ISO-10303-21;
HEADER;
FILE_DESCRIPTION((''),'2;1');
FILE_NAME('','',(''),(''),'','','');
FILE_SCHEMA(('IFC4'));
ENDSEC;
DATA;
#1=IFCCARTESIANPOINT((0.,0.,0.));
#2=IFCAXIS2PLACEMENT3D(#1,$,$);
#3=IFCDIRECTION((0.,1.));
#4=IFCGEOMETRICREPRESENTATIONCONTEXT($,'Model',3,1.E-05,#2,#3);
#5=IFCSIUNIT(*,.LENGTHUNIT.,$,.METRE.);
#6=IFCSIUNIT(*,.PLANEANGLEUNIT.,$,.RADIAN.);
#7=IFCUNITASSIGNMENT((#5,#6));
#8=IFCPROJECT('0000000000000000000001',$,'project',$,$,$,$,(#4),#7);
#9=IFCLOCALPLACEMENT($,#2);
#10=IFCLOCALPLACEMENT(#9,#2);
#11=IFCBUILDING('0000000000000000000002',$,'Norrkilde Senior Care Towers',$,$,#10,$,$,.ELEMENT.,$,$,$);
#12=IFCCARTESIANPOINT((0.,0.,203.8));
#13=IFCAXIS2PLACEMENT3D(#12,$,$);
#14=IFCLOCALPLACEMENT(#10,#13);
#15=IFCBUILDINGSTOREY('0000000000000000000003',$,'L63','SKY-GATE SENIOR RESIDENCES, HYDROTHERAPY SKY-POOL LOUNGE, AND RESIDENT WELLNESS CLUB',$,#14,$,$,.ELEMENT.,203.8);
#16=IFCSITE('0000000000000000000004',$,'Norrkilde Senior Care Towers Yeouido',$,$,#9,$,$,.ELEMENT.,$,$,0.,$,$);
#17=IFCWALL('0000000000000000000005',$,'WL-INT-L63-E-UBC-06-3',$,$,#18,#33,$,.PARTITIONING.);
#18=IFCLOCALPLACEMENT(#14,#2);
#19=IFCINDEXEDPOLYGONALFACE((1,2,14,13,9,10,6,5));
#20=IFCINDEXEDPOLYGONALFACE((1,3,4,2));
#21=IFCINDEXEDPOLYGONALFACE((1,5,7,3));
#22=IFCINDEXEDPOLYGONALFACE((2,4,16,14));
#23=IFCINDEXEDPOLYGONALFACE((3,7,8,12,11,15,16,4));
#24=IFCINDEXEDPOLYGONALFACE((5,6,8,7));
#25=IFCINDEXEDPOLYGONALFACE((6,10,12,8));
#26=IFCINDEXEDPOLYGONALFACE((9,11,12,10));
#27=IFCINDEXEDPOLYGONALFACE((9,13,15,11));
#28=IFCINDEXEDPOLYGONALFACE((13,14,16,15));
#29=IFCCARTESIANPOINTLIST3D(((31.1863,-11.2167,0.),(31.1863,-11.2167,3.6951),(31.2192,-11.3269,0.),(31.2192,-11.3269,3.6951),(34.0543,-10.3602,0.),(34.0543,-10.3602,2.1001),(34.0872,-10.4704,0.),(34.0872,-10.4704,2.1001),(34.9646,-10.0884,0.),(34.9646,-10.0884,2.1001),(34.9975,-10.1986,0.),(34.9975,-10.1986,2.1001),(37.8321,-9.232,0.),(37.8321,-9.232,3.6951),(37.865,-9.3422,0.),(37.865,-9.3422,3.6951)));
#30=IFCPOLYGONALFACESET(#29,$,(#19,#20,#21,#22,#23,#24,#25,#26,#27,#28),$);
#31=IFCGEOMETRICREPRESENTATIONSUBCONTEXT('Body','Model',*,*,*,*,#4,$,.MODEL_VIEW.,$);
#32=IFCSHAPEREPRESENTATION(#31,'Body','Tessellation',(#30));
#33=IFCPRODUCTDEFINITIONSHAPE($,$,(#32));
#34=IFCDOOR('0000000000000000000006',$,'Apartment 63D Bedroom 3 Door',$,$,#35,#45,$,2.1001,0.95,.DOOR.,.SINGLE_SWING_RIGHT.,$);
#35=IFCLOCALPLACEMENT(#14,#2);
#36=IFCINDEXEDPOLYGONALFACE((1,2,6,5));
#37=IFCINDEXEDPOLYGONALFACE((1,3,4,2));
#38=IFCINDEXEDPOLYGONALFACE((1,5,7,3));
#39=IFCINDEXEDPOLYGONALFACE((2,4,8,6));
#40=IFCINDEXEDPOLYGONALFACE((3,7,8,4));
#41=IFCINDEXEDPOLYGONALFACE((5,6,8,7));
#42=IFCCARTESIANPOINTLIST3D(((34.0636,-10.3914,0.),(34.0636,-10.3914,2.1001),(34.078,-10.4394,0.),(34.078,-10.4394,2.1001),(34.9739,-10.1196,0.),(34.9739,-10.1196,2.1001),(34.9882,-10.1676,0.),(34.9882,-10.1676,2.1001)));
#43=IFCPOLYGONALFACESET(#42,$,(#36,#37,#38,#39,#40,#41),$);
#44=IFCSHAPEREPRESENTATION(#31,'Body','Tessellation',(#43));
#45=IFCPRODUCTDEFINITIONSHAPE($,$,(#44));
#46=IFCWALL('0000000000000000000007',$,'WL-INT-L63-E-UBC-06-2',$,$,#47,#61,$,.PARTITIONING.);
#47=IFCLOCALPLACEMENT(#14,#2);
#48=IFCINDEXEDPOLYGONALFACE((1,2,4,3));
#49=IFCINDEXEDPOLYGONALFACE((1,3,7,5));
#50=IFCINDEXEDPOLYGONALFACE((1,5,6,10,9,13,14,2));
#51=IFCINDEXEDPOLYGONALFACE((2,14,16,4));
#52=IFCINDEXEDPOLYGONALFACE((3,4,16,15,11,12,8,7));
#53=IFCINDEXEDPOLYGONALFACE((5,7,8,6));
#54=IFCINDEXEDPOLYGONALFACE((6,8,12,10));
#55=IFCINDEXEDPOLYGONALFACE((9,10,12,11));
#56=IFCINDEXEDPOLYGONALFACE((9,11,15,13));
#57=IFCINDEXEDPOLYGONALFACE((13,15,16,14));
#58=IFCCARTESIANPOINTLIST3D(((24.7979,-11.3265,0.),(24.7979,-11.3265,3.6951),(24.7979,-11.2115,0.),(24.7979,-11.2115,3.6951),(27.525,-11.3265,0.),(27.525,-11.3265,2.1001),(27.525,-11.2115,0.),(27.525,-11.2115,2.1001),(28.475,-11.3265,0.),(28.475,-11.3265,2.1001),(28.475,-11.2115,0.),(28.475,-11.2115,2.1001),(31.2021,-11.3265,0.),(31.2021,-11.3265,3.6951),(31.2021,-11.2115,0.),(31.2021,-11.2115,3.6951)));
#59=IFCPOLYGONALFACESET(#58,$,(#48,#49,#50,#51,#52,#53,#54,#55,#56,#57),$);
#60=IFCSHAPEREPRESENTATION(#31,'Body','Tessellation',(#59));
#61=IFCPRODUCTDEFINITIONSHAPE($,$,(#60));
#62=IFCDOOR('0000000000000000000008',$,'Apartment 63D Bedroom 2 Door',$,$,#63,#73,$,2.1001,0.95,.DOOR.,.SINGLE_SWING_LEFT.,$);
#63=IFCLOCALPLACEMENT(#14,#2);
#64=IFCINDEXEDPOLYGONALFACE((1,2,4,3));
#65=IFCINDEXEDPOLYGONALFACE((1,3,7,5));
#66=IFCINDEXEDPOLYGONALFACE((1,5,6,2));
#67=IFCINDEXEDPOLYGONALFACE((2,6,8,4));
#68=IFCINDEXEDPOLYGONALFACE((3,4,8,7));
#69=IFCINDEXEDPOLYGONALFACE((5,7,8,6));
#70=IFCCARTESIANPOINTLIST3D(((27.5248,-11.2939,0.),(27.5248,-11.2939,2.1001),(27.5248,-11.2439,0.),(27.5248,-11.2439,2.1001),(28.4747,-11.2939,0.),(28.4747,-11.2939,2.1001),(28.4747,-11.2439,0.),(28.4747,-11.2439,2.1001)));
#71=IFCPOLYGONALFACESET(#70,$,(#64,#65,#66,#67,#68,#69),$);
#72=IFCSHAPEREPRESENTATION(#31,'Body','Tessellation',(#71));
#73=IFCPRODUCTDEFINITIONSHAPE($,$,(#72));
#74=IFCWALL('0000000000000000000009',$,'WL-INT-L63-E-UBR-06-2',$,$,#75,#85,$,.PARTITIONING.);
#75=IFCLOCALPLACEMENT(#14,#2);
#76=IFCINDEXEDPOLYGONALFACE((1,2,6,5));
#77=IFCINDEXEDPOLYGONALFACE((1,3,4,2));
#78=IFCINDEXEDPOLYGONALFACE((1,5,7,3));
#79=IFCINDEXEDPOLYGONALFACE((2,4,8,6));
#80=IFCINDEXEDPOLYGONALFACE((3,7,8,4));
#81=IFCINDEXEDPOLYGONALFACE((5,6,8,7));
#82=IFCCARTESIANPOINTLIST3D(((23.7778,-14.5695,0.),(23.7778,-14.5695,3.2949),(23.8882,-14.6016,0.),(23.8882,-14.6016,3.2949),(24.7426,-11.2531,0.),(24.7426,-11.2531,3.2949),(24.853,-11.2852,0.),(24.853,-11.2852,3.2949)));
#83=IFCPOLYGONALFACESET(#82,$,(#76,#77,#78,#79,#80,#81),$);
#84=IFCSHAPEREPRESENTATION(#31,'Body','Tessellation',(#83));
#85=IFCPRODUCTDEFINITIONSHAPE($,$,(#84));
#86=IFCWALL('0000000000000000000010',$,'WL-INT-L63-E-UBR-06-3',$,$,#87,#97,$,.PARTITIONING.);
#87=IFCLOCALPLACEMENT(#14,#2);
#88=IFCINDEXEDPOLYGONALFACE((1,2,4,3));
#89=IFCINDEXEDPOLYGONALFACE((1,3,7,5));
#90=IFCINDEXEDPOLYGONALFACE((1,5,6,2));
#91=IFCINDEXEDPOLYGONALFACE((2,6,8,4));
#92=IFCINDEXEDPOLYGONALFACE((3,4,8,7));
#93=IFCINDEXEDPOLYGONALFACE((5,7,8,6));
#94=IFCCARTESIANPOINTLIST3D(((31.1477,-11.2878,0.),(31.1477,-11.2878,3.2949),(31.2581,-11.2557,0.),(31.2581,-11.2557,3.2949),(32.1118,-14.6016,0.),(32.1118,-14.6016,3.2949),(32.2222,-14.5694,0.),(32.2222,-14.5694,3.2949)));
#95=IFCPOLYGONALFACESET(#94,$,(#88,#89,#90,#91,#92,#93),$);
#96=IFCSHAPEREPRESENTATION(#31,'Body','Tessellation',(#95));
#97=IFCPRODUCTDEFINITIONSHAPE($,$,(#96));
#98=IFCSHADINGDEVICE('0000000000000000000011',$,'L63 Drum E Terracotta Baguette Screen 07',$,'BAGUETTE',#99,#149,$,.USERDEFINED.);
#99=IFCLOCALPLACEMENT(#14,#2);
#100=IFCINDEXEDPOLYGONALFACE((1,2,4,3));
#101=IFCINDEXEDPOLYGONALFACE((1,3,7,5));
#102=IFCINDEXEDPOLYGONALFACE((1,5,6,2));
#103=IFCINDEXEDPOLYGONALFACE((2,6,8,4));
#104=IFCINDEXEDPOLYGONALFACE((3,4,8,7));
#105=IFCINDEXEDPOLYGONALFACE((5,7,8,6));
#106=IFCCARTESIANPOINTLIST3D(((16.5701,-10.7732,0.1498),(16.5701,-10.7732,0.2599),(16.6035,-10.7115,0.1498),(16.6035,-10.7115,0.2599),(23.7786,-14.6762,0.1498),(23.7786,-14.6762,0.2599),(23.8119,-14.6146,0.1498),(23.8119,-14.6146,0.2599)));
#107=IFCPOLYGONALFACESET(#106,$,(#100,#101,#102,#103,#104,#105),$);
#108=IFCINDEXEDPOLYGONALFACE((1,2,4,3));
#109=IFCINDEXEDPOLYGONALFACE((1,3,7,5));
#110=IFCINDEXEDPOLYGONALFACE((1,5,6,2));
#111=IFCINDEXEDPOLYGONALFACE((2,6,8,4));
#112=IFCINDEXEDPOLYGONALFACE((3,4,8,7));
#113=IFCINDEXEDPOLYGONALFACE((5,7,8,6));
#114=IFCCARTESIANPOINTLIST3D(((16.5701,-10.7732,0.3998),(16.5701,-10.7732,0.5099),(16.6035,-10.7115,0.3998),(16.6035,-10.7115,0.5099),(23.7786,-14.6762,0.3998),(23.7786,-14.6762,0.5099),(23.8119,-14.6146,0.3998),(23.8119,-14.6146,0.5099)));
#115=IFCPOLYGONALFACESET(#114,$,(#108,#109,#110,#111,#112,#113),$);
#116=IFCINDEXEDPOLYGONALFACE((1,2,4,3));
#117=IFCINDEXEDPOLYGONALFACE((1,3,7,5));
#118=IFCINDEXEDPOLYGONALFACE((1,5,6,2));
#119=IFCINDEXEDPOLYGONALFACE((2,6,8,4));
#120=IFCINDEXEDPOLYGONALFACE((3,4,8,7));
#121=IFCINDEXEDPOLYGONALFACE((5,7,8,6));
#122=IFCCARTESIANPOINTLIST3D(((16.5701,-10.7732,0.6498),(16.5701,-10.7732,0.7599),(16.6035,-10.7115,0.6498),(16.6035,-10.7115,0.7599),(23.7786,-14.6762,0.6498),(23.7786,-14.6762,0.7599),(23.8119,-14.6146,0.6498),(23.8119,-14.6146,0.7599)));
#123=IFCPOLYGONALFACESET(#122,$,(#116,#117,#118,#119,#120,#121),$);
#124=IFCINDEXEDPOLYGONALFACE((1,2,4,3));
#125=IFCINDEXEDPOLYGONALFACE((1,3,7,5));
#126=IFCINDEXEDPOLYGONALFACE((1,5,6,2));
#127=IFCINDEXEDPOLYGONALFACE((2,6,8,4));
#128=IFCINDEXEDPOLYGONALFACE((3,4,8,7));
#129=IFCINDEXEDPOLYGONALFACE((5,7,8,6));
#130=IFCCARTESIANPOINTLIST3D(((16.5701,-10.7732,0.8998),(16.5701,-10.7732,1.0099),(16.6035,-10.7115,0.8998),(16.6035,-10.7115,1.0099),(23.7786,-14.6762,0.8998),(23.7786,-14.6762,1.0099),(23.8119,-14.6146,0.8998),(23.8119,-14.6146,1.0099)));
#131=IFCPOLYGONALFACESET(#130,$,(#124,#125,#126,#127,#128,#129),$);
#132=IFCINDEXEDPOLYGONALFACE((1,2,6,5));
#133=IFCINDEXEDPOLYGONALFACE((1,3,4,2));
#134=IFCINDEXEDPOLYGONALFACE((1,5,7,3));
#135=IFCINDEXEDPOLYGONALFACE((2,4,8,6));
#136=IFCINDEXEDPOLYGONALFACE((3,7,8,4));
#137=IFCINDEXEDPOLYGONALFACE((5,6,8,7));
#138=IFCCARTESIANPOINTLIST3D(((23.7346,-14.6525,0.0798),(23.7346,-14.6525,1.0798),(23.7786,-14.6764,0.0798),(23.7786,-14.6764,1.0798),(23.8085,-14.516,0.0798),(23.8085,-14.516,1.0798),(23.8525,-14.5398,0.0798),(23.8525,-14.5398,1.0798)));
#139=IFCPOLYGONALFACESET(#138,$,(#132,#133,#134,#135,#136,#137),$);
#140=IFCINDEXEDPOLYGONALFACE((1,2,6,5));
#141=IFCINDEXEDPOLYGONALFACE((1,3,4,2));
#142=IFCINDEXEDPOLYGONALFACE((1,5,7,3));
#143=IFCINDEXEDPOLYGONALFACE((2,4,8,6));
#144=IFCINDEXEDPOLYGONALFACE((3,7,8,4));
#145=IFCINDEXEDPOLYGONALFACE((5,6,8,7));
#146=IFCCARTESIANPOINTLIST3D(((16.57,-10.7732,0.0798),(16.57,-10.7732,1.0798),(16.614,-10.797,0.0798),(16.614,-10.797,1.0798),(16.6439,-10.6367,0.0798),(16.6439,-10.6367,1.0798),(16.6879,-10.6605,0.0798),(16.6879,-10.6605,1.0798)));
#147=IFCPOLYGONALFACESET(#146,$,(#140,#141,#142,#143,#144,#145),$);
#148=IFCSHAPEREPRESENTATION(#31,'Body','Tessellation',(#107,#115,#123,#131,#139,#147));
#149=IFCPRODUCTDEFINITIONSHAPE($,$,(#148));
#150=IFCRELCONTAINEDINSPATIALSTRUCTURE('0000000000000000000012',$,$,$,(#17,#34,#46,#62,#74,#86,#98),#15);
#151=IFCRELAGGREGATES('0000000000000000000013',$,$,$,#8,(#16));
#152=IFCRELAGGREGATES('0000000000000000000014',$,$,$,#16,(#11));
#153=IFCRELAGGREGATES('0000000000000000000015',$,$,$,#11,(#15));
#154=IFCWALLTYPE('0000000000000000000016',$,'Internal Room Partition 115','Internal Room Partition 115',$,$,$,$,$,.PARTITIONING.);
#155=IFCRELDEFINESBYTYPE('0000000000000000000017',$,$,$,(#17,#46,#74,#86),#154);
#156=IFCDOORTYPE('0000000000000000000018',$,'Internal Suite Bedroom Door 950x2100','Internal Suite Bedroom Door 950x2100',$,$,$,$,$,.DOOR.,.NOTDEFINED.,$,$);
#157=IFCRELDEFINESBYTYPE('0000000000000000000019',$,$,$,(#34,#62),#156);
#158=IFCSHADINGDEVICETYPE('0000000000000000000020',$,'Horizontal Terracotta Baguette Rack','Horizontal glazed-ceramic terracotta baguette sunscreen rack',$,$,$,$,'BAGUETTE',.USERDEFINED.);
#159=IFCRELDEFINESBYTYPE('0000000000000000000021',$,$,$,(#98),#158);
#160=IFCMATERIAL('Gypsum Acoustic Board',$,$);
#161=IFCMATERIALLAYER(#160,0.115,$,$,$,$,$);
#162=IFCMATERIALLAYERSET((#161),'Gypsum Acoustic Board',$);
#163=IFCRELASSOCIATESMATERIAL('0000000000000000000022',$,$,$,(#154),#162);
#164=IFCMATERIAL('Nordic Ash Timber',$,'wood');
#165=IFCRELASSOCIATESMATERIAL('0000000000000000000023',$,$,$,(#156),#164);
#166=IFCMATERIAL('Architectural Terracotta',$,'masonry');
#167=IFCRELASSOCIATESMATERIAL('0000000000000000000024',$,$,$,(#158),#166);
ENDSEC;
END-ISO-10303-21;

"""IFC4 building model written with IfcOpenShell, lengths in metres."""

from ifc_helpers import new_model, si_unit, direction, frame, frame_2d, origin, origin_2d, place, context, subcontext, project, spatial, rectangle, extrude, source, transform, mapped, material, layer, layer_set, type_object, type_shapes, element, fill, save


model = new_model("IFC4")

# Units and contexts
model_context = context("Model", 3, precision=1e-05, world=origin(), true_north=direction((0.0, 1.0)))
body_context = subcontext(model_context, "Body", "Model", "MODEL_VIEW")
ifc_project = project(units=[si_unit("LENGTHUNIT", "METRE"), si_unit("PLANEANGLEUNIT", "RADIAN")], contexts=[model_context])

# Site, building, storey
site_placement = place(None, origin())
site = spatial("IfcSite", under=ifc_project, at=site_placement, Name="Norrkilde Senior Care Towers Yeouido", CompositionType="ELEMENT", RefElevation=0.0)
building_placement = place(site_placement, origin())
building = spatial("IfcBuilding", under=site, at=building_placement, Name="Norrkilde Senior Care Towers", CompositionType="ELEMENT")
storey_placement = place(building_placement, frame((0.0, 0.0, 203.8)))
storey = spatial("IfcBuildingStorey", under=building, at=storey_placement, Name="L63", Description="SKY-GATE SENIOR RESIDENCES, HYDROTHERAPY SKY-POOL LOUNGE, AND RESIDENT WELLNESS CLUB", CompositionType="ELEMENT", Elevation=203.8)

# Walls, openings, doors
ifc_material_1 = material(Name="Gypsum Acoustic Board")
ifc_layer_1 = layer(ifc_material_1, 0.115)
ifc_layer_set_1 = layer_set([ifc_layer_1], Name="Gypsum Acoustic Board")
wall_type_1 = type_object("IfcWallType", Name="Internal Room Partition 115", Description="Internal Room Partition 115", PredefinedType="PARTITIONING", material=ifc_layer_set_1)
shared_shape_1 = source(origin(), body_context, "Body", "SweptSolid", [
    extrude(rectangle(XDim=6.9358, YDim=0.115, at=frame_2d((3.4678, 0.0))), origin(), (0.0, 0.0, 1.0), 3.6951),
])
wall_1_placement = place(storey_placement, frame((31.2029, -11.2717, 0.0), z_axis=(0.0, 0.0, 1.0), x_axis=(0.958187, 0.286143, 0.0)))
wall_1 = element("IfcWall", 1, at=wall_1_placement, inside=storey, type_object=wall_type_1, Name="WL-INT-L63-E-UBC-06-3", PredefinedType="PARTITIONING", context=body_context, shape_type="MappedRepresentation", body=[
    mapped(shared_shape_1, transform((0.0, 0.0, 0.0), x_axis=(1.0, 0.0, 0.0), y_axis=(0.0, 1.0, 0.0), z_axis=(0.0, 0.0, 1.0), scale=1.0)),
])
opening_1_placement = place(wall_1_placement, frame((2.9929, 0.0, 0.0)))
opening_1 = element("IfcOpeningElement", 2, at=opening_1_placement, cuts=wall_1, PredefinedType="OPENING", context=body_context, shape_type="SweptSolid", body=[
    extrude(rectangle(XDim=0.95, YDim=2.1001, at=frame_2d((0.4751, 1.05))), frame((0.0, 0.0674, 0.0), z_axis=(0.0, -1.0, 0.0), x_axis=(1.0, 0.0, 0.0)), (0.0, 0.0, 1.0), 0.135),
])
ifc_material_2 = material(Name="Nordic Ash Timber", Category="wood")
door_type_1 = type_object("IfcDoorType", Name="Internal Suite Bedroom Door 950x2100", Description="Internal Suite Bedroom Door 950x2100", OperationType="NOTDEFINED", PredefinedType="DOOR", material=ifc_material_2)
shared_shape_2 = source(origin(), body_context, "Body", "SweptSolid", [
    extrude(rectangle(XDim=0.95, YDim=2.1001, at=frame_2d((0.4751, 1.05))), frame((0.0, 0.0249, 0.0), z_axis=(0.0, -1.0, 0.0), x_axis=(1.0, 0.0, 0.0)), (0.0, 0.0, 1.0), 0.05),
])
type_shapes(door_type_1, [shared_shape_2])
door_1_placement = place(opening_1_placement, origin())
door_1 = element("IfcDoor", 3, at=door_1_placement, inside=storey, type_object=door_type_1, Name="Apartment 63D Bedroom 3 Door", OperationType="SINGLE_SWING_RIGHT", OverallHeight=2.1001, OverallWidth=0.95, PredefinedType="DOOR", context=body_context, shape_type="MappedRepresentation", body=[
    mapped(shared_shape_2, transform((0.0, 0.0, 0.0), x_axis=(1.0, 0.0, 0.0), y_axis=(0.0, 1.0, 0.0), z_axis=(0.0, 0.0, 1.0), scale=1.0)),
])
fill(opening_1, door_1)
shared_shape_3 = source(origin(), body_context, "Body", "SweptSolid", [
    extrude(rectangle(XDim=6.4043, YDim=0.115, at=frame_2d((3.2021, 0.0))), origin(), (0.0, 0.0, 1.0), 3.6951),
])
wall_2_placement = place(storey_placement, frame((24.7979, -11.269, 0.0), z_axis=(0.0, 0.0, 1.0), x_axis=(1.0, 0.0, 0.0)))
wall_2 = element("IfcWall", 4, at=wall_2_placement, inside=storey, type_object=wall_type_1, Name="WL-INT-L63-E-UBC-06-2", PredefinedType="PARTITIONING", context=body_context, shape_type="MappedRepresentation", body=[
    mapped(shared_shape_3, transform((0.0, 0.0, 0.0), x_axis=(1.0, 0.0, 0.0), y_axis=(0.0, 1.0, 0.0), z_axis=(0.0, 0.0, 1.0), scale=1.0)),
])
opening_2_placement = place(wall_2_placement, frame((2.7271, 0.0, 0.0)))
opening_2 = element("IfcOpeningElement", 5, at=opening_2_placement, cuts=wall_2, PredefinedType="OPENING", context=body_context, shape_type="SweptSolid", body=[
    extrude(rectangle(XDim=0.95, YDim=2.1001, at=frame_2d((0.4751, 1.05))), frame((0.0, 0.0674, 0.0), z_axis=(0.0, -1.0, 0.0), x_axis=(1.0, 0.0, 0.0)), (0.0, 0.0, 1.0), 0.135),
])
door_2_placement = place(opening_2_placement, frame((0.95, 0.0, 0.0), z_axis=(0.0, 0.0, 1.0), x_axis=(-1.0, 0.0, 0.0)))
door_2 = element("IfcDoor", 6, at=door_2_placement, inside=storey, type_object=door_type_1, Name="Apartment 63D Bedroom 2 Door", OperationType="SINGLE_SWING_LEFT", OverallHeight=2.1001, OverallWidth=0.95, PredefinedType="DOOR", context=body_context, shape_type="MappedRepresentation", body=[
    mapped(shared_shape_2, transform((0.0, 0.0, 0.0), x_axis=(1.0, 0.0, 0.0), y_axis=(0.0, 1.0, 0.0), z_axis=(0.0, 0.0, 1.0), scale=1.0)),
])
fill(opening_2, door_2)

# Walls
shared_shape_4 = source(origin(), body_context, "Body", "SweptSolid", [
    extrude(rectangle(XDim=3.4539, YDim=0.115, at=frame_2d((1.7271, 0.0))), origin(), (0.0, 0.0, 1.0), 3.2949),
])
wall_3_placement = place(storey_placement, frame((24.7979, -11.269, 0.0), z_axis=(0.0, 0.0, 1.0), x_axis=(-0.279348, -0.96019, 0.0)))
element("IfcWall", 7, at=wall_3_placement, inside=storey, type_object=wall_type_1, Name="WL-INT-L63-E-UBR-06-2", PredefinedType="PARTITIONING", context=body_context, shape_type="MappedRepresentation", body=[
    mapped(shared_shape_4, transform((0.0, 0.0, 0.0), x_axis=(1.0, 0.0, 0.0), y_axis=(0.0, 1.0, 0.0), z_axis=(0.0, 0.0, 1.0), scale=1.0)),
])
shared_shape_5 = source(origin(), body_context, "Body", "SweptSolid", [
    extrude(rectangle(XDim=3.4512, YDim=0.115, at=frame_2d((1.7256, 0.0))), origin(), (0.0, 0.0, 1.0), 3.2949),
])
type_shapes(wall_type_1, [shared_shape_1, shared_shape_3, shared_shape_4, shared_shape_5])
wall_4_placement = place(storey_placement, frame((31.2029, -11.2717, 0.0), z_axis=(0.0, 0.0, 1.0), x_axis=(0.279362, -0.960186, 0.0)))
element("IfcWall", 8, at=wall_4_placement, inside=storey, type_object=wall_type_1, Name="WL-INT-L63-E-UBR-06-3", PredefinedType="PARTITIONING", context=body_context, shape_type="MappedRepresentation", body=[
    mapped(shared_shape_5, transform((0.0, 0.0, 0.0), x_axis=(1.0, 0.0, 0.0), y_axis=(0.0, 1.0, 0.0), z_axis=(0.0, 0.0, 1.0), scale=1.0)),
])

# Shading device
ifc_material_3 = material(Name="Architectural Terracotta", Category="masonry")
shading_device_type = type_object("IfcShadingDeviceType", Name="Horizontal Terracotta Baguette Rack", Description="Horizontal glazed-ceramic terracotta baguette sunscreen rack", ElementType="BAGUETTE", PredefinedType="USERDEFINED", material=ifc_material_3)
shared_shape_6 = source(origin(), body_context, "Body", "SweptSolid", [
    extrude(rectangle(XDim=0.0701, YDim=0.1101, at=origin_2d()), frame((0.0, 0.0901, 0.125), z_axis=(1.0, 0.0, 0.0), x_axis=(0.0, 1.0, 0.0)), (0.0, 0.0, 1.0), 8.1973),
    extrude(rectangle(XDim=0.0701, YDim=0.1101, at=origin_2d()), frame((0.0, 0.0901, 0.375), z_axis=(1.0, 0.0, 0.0), x_axis=(0.0, 1.0, 0.0)), (0.0, 0.0, 1.0), 8.1973),
    extrude(rectangle(XDim=0.0701, YDim=0.1101, at=origin_2d()), frame((0.0, 0.0901, 0.625), z_axis=(1.0, 0.0, 0.0), x_axis=(0.0, 1.0, 0.0)), (0.0, 0.0, 1.0), 8.1973),
    extrude(rectangle(XDim=0.0701, YDim=0.1101, at=origin_2d()), frame((0.0, 0.0901, 0.875), z_axis=(1.0, 0.0, 0.0), x_axis=(0.0, 1.0, 0.0)), (0.0, 0.0, 1.0), 8.1973),
    extrude(rectangle(XDim=0.05, YDim=0.1553, at=origin_2d()), frame((0.0249, 0.0476, 0.0)), (0.0, 0.0, 1.0), 1.0),
    extrude(rectangle(XDim=0.05, YDim=0.1553, at=origin_2d()), frame((8.1724, 0.0476, 0.0)), (0.0, 0.0, 1.0), 1.0),
])
type_shapes(shading_device_type, [shared_shape_6])
shading_device_placement = place(storey_placement, frame((23.8381, -14.5662, 0.0798), z_axis=(0.0, 0.0, 1.0), x_axis=(-0.879378, 0.476144, 0.0)))
element("IfcShadingDevice", 9, at=shading_device_placement, inside=storey, type_object=shading_device_type, Name="L63 Drum E Terracotta Baguette Screen 07", ObjectType="BAGUETTE", PredefinedType="USERDEFINED", context=body_context, shape_type="MappedRepresentation", body=[
    mapped(shared_shape_6, transform((0.0, 0.0, 0.0), x_axis=(1.0, 0.0, 0.0), y_axis=(0.0, 1.0, 0.0), z_axis=(0.0, 0.0, 1.0), scale=1.0)),
])

save(model, "model.ifc")
